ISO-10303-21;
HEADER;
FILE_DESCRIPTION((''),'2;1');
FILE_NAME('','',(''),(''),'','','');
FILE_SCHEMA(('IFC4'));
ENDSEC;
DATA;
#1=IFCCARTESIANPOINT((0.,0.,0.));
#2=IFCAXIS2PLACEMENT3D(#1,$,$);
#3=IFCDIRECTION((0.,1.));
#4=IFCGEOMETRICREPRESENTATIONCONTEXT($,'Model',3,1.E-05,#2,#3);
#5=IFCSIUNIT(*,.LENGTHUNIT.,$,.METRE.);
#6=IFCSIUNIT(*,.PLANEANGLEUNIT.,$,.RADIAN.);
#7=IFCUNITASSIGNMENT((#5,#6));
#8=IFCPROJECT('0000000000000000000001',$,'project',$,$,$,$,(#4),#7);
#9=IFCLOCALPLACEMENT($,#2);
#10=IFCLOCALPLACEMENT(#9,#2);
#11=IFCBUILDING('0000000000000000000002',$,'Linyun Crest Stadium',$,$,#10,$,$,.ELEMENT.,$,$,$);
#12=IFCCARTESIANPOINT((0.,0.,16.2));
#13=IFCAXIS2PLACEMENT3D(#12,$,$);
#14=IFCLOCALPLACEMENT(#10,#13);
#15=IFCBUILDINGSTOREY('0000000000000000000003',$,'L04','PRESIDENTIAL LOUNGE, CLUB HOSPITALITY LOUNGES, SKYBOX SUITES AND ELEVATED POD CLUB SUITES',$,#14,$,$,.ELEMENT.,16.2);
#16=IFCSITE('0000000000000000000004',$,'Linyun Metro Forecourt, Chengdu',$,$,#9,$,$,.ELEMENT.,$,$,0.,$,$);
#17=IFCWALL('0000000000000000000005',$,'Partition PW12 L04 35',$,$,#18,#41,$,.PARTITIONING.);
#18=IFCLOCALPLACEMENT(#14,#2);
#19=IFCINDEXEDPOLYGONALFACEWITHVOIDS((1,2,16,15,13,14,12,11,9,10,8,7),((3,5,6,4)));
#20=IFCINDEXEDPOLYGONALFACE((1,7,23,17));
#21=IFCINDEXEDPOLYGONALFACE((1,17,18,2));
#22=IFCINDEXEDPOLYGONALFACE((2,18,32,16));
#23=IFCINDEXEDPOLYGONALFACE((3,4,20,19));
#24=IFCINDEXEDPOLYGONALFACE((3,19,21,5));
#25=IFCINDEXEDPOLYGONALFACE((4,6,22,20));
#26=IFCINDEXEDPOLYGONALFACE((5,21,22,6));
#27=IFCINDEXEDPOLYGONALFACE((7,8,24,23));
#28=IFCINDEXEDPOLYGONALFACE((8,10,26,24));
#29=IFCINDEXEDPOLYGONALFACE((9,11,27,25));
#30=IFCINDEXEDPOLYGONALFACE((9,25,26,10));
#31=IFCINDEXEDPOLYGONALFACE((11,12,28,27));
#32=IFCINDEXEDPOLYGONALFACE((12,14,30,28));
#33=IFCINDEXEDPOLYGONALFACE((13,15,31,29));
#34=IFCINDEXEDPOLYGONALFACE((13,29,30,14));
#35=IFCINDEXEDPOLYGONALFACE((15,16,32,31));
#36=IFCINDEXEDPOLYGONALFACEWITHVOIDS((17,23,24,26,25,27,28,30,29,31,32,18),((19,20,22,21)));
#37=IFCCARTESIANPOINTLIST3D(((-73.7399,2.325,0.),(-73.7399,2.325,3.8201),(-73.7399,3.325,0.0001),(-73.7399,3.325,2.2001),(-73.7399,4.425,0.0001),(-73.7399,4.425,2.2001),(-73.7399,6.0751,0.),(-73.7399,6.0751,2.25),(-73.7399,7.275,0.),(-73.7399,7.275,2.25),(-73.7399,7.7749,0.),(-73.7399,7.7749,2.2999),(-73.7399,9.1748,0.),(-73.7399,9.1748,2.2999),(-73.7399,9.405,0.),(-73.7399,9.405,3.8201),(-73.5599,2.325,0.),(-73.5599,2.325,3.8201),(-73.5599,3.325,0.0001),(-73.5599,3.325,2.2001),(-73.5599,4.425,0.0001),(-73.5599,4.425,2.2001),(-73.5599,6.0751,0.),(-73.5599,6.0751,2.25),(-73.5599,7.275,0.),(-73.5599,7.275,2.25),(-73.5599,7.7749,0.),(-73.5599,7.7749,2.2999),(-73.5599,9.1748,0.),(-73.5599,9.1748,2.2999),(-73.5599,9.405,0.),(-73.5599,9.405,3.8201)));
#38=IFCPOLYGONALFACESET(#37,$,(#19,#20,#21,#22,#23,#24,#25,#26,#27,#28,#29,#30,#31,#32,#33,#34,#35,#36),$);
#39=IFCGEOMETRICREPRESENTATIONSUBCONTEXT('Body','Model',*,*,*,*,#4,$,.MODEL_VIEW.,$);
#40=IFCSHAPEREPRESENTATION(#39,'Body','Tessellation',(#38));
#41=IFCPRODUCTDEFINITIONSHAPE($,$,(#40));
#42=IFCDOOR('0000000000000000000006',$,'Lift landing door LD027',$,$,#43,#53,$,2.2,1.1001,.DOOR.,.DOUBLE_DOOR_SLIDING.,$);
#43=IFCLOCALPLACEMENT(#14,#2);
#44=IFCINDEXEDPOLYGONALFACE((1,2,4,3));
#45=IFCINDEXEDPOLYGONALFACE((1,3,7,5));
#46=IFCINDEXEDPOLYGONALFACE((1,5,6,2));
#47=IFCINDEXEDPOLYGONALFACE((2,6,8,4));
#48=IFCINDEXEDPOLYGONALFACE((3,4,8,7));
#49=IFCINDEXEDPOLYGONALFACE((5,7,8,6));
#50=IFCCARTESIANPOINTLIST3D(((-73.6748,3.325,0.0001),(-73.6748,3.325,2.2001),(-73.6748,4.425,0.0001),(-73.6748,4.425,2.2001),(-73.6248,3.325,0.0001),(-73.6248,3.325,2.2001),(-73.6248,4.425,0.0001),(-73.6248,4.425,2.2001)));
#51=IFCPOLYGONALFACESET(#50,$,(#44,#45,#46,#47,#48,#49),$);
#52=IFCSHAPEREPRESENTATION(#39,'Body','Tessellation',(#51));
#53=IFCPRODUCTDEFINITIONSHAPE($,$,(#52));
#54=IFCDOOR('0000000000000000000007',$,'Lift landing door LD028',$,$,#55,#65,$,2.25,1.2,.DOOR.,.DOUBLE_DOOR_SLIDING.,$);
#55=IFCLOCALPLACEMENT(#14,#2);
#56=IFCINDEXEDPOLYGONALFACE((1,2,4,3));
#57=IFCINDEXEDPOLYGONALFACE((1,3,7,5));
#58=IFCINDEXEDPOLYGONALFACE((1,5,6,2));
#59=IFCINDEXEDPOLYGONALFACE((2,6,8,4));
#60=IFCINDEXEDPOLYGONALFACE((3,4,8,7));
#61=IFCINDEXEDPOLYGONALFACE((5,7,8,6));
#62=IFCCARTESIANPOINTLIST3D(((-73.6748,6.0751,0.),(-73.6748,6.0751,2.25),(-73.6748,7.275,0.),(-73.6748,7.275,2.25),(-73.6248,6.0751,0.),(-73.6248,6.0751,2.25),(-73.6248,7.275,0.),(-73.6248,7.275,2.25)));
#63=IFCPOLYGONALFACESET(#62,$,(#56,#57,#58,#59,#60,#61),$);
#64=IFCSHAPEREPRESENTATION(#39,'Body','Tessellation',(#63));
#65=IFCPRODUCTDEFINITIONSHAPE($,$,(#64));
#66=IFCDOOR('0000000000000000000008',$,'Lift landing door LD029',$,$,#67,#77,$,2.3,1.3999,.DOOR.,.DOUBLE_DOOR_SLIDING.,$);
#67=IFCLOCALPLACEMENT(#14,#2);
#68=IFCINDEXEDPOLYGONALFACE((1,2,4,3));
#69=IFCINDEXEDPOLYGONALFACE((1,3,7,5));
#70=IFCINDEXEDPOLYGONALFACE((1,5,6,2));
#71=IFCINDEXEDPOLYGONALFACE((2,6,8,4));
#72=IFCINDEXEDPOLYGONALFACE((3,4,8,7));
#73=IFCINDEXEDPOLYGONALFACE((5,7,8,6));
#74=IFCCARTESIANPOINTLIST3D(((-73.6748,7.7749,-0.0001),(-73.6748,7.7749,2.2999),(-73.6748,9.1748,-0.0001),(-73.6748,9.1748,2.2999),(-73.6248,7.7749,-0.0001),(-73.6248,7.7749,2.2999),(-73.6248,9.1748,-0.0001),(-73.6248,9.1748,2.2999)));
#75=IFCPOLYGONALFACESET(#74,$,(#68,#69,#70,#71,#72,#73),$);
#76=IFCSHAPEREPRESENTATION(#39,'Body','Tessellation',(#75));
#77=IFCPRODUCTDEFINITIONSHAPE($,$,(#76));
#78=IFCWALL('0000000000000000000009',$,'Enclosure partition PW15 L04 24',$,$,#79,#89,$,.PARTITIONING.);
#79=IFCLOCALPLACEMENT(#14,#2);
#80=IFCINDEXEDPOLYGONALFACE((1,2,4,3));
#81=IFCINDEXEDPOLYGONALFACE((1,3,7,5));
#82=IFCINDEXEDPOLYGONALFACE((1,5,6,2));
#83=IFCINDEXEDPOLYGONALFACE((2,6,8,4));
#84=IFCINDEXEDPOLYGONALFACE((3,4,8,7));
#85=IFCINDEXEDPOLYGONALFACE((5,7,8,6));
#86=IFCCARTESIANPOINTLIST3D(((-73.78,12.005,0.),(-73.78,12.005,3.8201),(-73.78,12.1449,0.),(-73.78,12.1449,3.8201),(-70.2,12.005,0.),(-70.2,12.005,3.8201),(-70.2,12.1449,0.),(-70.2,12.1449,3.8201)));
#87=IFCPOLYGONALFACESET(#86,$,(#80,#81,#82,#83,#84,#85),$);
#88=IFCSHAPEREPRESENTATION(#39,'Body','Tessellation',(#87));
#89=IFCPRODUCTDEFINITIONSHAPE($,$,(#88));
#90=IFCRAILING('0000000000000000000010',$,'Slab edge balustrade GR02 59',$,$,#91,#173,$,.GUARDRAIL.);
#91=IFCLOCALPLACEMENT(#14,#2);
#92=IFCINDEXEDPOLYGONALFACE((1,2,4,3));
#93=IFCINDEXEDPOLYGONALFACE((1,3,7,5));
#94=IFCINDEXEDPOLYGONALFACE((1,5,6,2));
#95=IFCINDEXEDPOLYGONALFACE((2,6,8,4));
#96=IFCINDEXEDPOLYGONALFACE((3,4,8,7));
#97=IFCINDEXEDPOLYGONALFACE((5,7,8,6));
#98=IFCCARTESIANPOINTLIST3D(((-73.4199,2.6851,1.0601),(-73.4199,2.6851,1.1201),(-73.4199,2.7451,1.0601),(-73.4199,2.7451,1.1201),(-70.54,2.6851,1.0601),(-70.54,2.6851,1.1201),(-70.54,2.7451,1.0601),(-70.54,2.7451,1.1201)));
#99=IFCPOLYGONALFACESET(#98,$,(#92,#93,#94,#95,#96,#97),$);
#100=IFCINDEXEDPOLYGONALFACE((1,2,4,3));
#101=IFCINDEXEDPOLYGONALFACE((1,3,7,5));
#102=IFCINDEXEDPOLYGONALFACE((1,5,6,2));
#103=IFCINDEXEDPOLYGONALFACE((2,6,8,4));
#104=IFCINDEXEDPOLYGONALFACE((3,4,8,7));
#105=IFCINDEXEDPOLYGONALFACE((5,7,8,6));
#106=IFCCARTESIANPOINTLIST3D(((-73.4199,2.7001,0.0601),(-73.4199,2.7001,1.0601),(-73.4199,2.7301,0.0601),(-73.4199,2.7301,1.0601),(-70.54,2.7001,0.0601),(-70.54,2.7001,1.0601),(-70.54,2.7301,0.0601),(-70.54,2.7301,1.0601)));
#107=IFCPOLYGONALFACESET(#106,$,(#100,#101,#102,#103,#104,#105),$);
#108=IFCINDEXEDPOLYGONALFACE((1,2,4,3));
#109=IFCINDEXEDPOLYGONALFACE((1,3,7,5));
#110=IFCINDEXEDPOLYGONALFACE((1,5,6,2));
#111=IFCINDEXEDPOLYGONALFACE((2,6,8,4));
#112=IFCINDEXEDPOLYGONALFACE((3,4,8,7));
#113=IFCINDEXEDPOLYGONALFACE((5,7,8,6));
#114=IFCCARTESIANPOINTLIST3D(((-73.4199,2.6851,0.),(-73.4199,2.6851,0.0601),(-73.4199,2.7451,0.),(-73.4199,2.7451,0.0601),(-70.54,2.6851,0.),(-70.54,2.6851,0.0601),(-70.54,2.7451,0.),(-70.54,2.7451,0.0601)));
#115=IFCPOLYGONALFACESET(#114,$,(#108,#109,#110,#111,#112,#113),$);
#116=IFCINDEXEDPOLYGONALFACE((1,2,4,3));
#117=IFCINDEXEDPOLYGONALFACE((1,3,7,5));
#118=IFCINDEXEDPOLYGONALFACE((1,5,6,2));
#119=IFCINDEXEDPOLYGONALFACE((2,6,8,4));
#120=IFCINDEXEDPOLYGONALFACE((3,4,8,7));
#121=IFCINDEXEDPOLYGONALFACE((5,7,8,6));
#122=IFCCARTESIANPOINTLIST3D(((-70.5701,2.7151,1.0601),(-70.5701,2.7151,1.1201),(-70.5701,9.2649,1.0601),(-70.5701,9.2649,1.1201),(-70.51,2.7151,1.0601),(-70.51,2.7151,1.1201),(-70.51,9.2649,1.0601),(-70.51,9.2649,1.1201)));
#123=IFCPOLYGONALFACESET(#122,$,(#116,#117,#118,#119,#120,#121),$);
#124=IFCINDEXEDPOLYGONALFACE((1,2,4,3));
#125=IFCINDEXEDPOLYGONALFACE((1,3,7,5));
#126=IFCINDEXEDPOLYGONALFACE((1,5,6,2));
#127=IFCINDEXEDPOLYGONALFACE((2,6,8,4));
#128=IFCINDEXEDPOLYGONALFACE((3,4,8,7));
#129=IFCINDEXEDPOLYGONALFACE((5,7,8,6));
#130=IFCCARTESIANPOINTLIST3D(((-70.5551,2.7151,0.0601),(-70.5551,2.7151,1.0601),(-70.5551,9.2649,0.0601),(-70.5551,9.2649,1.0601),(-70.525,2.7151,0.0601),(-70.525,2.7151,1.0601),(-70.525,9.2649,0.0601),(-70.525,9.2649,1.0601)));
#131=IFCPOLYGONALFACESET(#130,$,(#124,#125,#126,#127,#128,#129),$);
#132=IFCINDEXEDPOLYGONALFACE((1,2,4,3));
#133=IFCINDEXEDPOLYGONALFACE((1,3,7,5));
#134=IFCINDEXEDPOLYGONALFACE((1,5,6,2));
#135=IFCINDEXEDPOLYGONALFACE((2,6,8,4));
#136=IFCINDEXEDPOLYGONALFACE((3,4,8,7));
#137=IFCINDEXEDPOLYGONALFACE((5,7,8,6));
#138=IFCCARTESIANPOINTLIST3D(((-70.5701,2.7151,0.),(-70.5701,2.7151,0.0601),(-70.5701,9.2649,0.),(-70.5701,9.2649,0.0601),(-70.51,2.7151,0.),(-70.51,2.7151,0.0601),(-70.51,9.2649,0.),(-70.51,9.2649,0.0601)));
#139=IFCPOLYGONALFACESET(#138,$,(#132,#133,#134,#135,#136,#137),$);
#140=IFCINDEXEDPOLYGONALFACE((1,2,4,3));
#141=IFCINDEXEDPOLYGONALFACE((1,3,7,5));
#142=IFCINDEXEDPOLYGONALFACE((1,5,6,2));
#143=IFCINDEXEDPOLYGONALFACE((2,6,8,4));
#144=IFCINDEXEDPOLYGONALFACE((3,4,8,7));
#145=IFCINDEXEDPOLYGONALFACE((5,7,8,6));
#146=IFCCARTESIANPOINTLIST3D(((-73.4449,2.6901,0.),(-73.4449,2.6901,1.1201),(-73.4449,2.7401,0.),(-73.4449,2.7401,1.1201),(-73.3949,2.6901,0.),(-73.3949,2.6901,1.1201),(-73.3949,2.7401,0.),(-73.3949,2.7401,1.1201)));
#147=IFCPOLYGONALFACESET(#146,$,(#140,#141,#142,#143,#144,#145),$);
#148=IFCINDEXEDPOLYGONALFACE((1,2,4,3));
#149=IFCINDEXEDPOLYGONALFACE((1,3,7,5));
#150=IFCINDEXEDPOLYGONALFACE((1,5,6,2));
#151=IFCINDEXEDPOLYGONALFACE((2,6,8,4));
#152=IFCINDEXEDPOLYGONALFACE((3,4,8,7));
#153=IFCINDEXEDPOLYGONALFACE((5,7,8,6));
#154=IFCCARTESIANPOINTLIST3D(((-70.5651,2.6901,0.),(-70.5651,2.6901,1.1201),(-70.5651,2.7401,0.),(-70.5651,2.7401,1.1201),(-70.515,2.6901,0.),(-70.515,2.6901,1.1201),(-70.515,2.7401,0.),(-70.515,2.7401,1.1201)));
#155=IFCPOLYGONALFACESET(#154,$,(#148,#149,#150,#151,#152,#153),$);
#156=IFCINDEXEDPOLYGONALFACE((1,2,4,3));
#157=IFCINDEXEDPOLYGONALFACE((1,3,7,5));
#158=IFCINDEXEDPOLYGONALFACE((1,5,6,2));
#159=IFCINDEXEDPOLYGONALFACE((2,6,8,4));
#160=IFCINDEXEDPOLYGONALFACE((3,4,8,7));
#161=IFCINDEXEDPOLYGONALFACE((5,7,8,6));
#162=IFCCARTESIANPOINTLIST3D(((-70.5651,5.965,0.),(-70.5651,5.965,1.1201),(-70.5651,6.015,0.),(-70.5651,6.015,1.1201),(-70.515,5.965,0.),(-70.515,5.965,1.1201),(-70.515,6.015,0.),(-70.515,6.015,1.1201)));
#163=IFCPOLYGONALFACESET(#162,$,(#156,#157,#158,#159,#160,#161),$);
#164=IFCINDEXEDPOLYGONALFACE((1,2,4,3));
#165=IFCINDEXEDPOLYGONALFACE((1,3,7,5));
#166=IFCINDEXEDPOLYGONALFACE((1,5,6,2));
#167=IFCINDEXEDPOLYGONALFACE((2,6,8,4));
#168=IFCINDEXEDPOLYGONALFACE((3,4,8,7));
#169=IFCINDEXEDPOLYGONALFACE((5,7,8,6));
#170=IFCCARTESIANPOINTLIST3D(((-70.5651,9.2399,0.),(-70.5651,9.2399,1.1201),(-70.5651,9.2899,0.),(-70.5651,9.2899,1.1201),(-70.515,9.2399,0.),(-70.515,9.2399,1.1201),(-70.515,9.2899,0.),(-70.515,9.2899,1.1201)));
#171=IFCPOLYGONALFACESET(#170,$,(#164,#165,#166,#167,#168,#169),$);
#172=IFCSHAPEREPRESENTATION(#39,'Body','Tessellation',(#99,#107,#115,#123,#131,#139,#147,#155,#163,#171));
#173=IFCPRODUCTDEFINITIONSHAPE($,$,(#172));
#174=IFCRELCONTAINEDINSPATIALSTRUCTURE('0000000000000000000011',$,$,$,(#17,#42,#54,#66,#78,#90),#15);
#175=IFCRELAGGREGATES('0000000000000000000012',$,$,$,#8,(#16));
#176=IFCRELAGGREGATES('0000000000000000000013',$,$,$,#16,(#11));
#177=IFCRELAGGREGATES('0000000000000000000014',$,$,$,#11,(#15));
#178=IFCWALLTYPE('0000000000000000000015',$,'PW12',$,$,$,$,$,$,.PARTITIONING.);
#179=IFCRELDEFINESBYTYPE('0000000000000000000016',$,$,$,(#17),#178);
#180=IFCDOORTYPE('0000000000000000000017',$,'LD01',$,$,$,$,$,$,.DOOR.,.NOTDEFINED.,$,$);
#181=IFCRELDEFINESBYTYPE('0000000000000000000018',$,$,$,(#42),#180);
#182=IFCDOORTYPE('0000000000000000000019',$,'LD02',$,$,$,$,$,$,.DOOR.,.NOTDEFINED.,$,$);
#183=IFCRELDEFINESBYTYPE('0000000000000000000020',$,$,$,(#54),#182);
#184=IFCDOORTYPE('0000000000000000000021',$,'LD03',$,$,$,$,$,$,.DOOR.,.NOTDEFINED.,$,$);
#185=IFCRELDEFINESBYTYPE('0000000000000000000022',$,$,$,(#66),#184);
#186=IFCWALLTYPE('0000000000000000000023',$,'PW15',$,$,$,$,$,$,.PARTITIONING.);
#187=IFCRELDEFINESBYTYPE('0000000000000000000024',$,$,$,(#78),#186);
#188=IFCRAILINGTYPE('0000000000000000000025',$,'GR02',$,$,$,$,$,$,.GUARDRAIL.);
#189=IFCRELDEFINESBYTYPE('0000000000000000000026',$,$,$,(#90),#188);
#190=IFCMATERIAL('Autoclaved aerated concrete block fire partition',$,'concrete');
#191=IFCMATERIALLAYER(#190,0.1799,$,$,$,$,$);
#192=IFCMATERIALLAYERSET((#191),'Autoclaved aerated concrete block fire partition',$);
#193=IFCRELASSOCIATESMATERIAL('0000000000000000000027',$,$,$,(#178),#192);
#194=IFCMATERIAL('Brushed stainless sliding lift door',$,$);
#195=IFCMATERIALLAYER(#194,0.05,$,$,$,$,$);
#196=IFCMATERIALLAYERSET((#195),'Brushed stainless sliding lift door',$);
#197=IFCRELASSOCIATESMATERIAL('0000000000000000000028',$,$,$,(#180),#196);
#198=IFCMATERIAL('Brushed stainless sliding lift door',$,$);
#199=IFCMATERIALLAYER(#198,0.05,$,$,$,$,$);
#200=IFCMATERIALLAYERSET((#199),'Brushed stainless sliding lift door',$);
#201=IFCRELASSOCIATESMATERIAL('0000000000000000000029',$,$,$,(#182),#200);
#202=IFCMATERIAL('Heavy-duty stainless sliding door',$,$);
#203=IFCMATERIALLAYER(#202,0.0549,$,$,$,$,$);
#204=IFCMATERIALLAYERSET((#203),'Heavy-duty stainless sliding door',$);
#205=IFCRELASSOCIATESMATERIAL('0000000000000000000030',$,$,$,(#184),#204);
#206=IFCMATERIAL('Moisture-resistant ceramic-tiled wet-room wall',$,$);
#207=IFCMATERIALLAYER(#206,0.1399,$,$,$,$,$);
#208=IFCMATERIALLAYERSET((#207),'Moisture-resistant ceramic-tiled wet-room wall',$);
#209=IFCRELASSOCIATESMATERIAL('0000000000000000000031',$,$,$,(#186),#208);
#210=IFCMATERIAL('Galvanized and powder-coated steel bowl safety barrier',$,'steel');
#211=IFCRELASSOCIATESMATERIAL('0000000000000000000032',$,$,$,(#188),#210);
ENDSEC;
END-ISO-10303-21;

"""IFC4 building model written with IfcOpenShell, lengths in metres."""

from ifc_helpers import new_model, si_unit, direction, frame, frame_2d, origin, origin_2d, place, context, subcontext, project, spatial, rectangle, extrude, material, layer, layer_set, type_object, element, fill, save


model = new_model("IFC4")

# Units and contexts
model_context = context("Model", 3, precision=1e-05, world=origin(), true_north=direction((0.0, 1.0)))
body_context = subcontext(model_context, "Body", "Model", "MODEL_VIEW")
ifc_project = project(units=[si_unit("LENGTHUNIT", "METRE"), si_unit("PLANEANGLEUNIT", "RADIAN")], contexts=[model_context])

# Site, building, storey
site_placement = place(None, origin())
site = spatial("IfcSite", under=ifc_project, at=site_placement, Name="Linyun Metro Forecourt, Chengdu", CompositionType="ELEMENT", RefElevation=0.0)
building_placement = place(site_placement, origin())
building = spatial("IfcBuilding", under=site, at=building_placement, Name="Linyun Crest Stadium", CompositionType="ELEMENT")
storey_placement = place(building_placement, frame((0.0, 0.0, 16.2)))
storey = spatial("IfcBuildingStorey", under=building, at=storey_placement, Name="L04", Description="PRESIDENTIAL LOUNGE, CLUB HOSPITALITY LOUNGES, SKYBOX SUITES AND ELEVATED POD CLUB SUITES", CompositionType="ELEMENT", Elevation=16.2)

# Wall, openings, doors
ifc_material_1 = material(Name="Autoclaved aerated concrete block fire partition", Category="concrete")
ifc_layer_1 = layer(ifc_material_1, 0.1799)
ifc_layer_set_1 = layer_set([ifc_layer_1], Name="Autoclaved aerated concrete block fire partition")
wall_type_1 = type_object("IfcWallType", Name="PW12", PredefinedType="PARTITIONING", material=ifc_layer_set_1)
wall_1_placement = place(storey_placement, frame((-73.6499, 2.325, 0.0), z_axis=(0.0, 0.0, 1.0), x_axis=(0.0, 1.0, 0.0)))
wall_1 = element("IfcWall", 1, at=wall_1_placement, inside=storey, type_object=wall_type_1, Name="Partition PW12 L04 35", PredefinedType="PARTITIONING", context=body_context, shape_type="SweptSolid", body=[
    extrude(rectangle(XDim=7.0801, YDim=0.1799, at=frame_2d((3.54, 0.0))), origin(), (0.0, 0.0, 1.0), 3.8201),
])
opening_1_placement = place(wall_1_placement, frame((1.0, 0.0, 0.0)))
opening_1 = element("IfcOpeningElement", 2, at=opening_1_placement, cuts=wall_1, PredefinedType="OPENING", context=body_context, shape_type="SweptSolid", body=[
    extrude(rectangle(XDim=1.1001, YDim=2.2, at=frame_2d((0.55, 1.1001))), frame((0.0, 0.0999, 0.0), z_axis=(0.0, -1.0, 0.0), x_axis=(1.0, 0.0, 0.0)), (0.0, 0.0, 1.0), 0.2),
])
opening_2_placement = place(wall_1_placement, frame((3.75, 0.0, 0.0)))
opening_2 = element("IfcOpeningElement", 3, at=opening_2_placement, cuts=wall_1, PredefinedType="OPENING", context=body_context, shape_type="SweptSolid", body=[
    extrude(rectangle(XDim=1.2, YDim=2.25, at=frame_2d((0.6001, 1.125))), frame((0.0, 0.0999, 0.0), z_axis=(0.0, -1.0, 0.0), x_axis=(1.0, 0.0, 0.0)), (0.0, 0.0, 1.0), 0.2),
])
opening_3_placement = place(wall_1_placement, frame((5.45, 0.0, 0.0)))
opening_3 = element("IfcOpeningElement", 4, at=opening_3_placement, cuts=wall_1, PredefinedType="OPENING", context=body_context, shape_type="SweptSolid", body=[
    extrude(rectangle(XDim=1.3999, YDim=2.3, at=frame_2d((0.7, 1.1499))), frame((0.0, 0.0999, 0.0), z_axis=(0.0, -1.0, 0.0), x_axis=(1.0, 0.0, 0.0)), (0.0, 0.0, 1.0), 0.2),
])
ifc_material_2 = material(Name="Brushed stainless sliding lift door")
ifc_layer_2 = layer(ifc_material_2, 0.05)
ifc_layer_set_2 = layer_set([ifc_layer_2], Name="Brushed stainless sliding lift door")
door_type_1 = type_object("IfcDoorType", Name="LD01", OperationType="NOTDEFINED", PredefinedType="DOOR", material=ifc_layer_set_2)
door_1_placement = place(opening_1_placement, origin())
door_1 = element("IfcDoor", 5, at=door_1_placement, inside=storey, type_object=door_type_1, Name="Lift landing door LD027", OperationType="DOUBLE_DOOR_SLIDING", OverallHeight=2.2, OverallWidth=1.1001, PredefinedType="DOOR", context=body_context, shape_type="SweptSolid", body=[
    extrude(rectangle(XDim=1.1001, YDim=2.2, at=frame_2d((0.55, 1.1001))), frame((0.0, 0.0249, 0.0), z_axis=(0.0, -1.0, 0.0), x_axis=(1.0, 0.0, 0.0)), (0.0, 0.0, 1.0), 0.05),
])
fill(opening_1, door_1)
ifc_material_3 = material(Name="Brushed stainless sliding lift door")
ifc_layer_3 = layer(ifc_material_3, 0.05)
ifc_layer_set_3 = layer_set([ifc_layer_3], Name="Brushed stainless sliding lift door")
door_type_2 = type_object("IfcDoorType", Name="LD02", OperationType="NOTDEFINED", PredefinedType="DOOR", material=ifc_layer_set_3)
door_2_placement = place(opening_2_placement, origin())
door_2 = element("IfcDoor", 6, at=door_2_placement, inside=storey, type_object=door_type_2, Name="Lift landing door LD028", OperationType="DOUBLE_DOOR_SLIDING", OverallHeight=2.25, OverallWidth=1.2, PredefinedType="DOOR", context=body_context, shape_type="SweptSolid", body=[
    extrude(rectangle(XDim=1.2, YDim=2.25, at=frame_2d((0.6001, 1.125))), frame((0.0, 0.0249, 0.0), z_axis=(0.0, -1.0, 0.0), x_axis=(1.0, 0.0, 0.0)), (0.0, 0.0, 1.0), 0.05),
])
fill(opening_2, door_2)
ifc_material_4 = material(Name="Heavy-duty stainless sliding door")
ifc_layer_4 = layer(ifc_material_4, 0.0549)
ifc_layer_set_4 = layer_set([ifc_layer_4], Name="Heavy-duty stainless sliding door")
door_type_3 = type_object("IfcDoorType", Name="LD03", OperationType="NOTDEFINED", PredefinedType="DOOR", material=ifc_layer_set_4)
door_3_placement = place(opening_3_placement, origin())
door_3 = element("IfcDoor", 7, at=door_3_placement, inside=storey, type_object=door_type_3, Name="Lift landing door LD029", OperationType="DOUBLE_DOOR_SLIDING", OverallHeight=2.3, OverallWidth=1.3999, PredefinedType="DOOR", context=body_context, shape_type="SweptSolid", body=[
    extrude(rectangle(XDim=1.3999, YDim=2.3, at=frame_2d((0.7, 1.1499))), frame((0.0, 0.0249, 0.0), z_axis=(0.0, -1.0, 0.0), x_axis=(1.0, 0.0, 0.0)), (0.0, 0.0, 1.0), 0.05),
])
fill(opening_3, door_3)
ifc_material_5 = material(Name="Moisture-resistant ceramic-tiled wet-room wall")
ifc_layer_5 = layer(ifc_material_5, 0.1399)
ifc_layer_set_5 = layer_set([ifc_layer_5], Name="Moisture-resistant ceramic-tiled wet-room wall")
wall_type_2 = type_object("IfcWallType", Name="PW15", PredefinedType="PARTITIONING", material=ifc_layer_set_5)

# Wall
wall_2_placement = place(storey_placement, frame((-73.78, 12.075, 0.0), z_axis=(0.0, 0.0, 1.0), x_axis=(1.0, 0.0, 0.0)))
element("IfcWall", 8, at=wall_2_placement, inside=storey, type_object=wall_type_2, Name="Enclosure partition PW15 L04 24", PredefinedType="PARTITIONING", context=body_context, shape_type="SweptSolid", body=[
    extrude(rectangle(XDim=3.5801, YDim=0.1399, at=frame_2d((1.79, 0.0))), origin(), (0.0, 0.0, 1.0), 3.8201),
])

# Railing
ifc_material_6 = material(Name="Galvanized and powder-coated steel bowl safety barrier", Category="steel")
railing_type = type_object("IfcRailingType", Name="GR02", PredefinedType="GUARDRAIL", material=ifc_material_6)
railing_placement = place(storey_placement, frame((-73.4199, 2.7151, 0.0)))
element("IfcRailing", 9, at=railing_placement, inside=storey, type_object=railing_type, Name="Slab edge balustrade GR02 59", PredefinedType="GUARDRAIL", context=body_context, shape_type="SweptSolid", body=[
    extrude(rectangle(XDim=0.0601, YDim=0.0601, at=origin_2d()), frame((0.0, 0.0, 1.0901), z_axis=(1.0, 0.0, 0.0), x_axis=(0.0, 1.0, 0.0)), (0.0, 0.0, 1.0), 2.8799),
    extrude(rectangle(XDim=0.03, YDim=1.0, at=origin_2d()), frame((0.0, 0.0, 0.5601), z_axis=(1.0, 0.0, 0.0), x_axis=(0.0, 1.0, 0.0)), (0.0, 0.0, 1.0), 2.8799),
    extrude(rectangle(XDim=0.0601, YDim=0.0601, at=origin_2d()), frame((0.0, 0.0, 0.03), z_axis=(1.0, 0.0, 0.0), x_axis=(0.0, 1.0, 0.0)), (0.0, 0.0, 1.0), 2.8799),
    extrude(rectangle(XDim=0.0601, YDim=0.0601, at=origin_2d()), frame((2.8799, 0.0, 1.0901), z_axis=(0.0, 1.0, 0.0), x_axis=(-1.0, 0.0, 0.0)), (0.0, 0.0, 1.0), 6.5498),
    extrude(rectangle(XDim=0.03, YDim=1.0, at=origin_2d()), frame((2.8799, 0.0, 0.5601), z_axis=(0.0, 1.0, 0.0), x_axis=(-1.0, 0.0, 0.0)), (0.0, 0.0, 1.0), 6.5498),
    extrude(rectangle(XDim=0.0601, YDim=0.0601, at=origin_2d()), frame((2.8799, 0.0, 0.03), z_axis=(0.0, 1.0, 0.0), x_axis=(-1.0, 0.0, 0.0)), (0.0, 0.0, 1.0), 6.5498),
    extrude(rectangle(XDim=0.05, YDim=0.05, at=origin_2d()), origin(), (0.0, 0.0, 1.0), 1.1201),
    extrude(rectangle(XDim=0.05, YDim=0.05, at=origin_2d()), frame((2.8799, 0.0, 0.0)), (0.0, 0.0, 1.0), 1.1201),
    extrude(rectangle(XDim=0.05, YDim=0.05, at=origin_2d()), frame((2.8799, 3.2749, 0.0)), (0.0, 0.0, 1.0), 1.1201),
    extrude(rectangle(XDim=0.05, YDim=0.05, at=origin_2d()), frame((2.8799, 6.5498, 0.0)), (0.0, 0.0, 1.0), 1.1201),
])

save(model, "model.ifc")
